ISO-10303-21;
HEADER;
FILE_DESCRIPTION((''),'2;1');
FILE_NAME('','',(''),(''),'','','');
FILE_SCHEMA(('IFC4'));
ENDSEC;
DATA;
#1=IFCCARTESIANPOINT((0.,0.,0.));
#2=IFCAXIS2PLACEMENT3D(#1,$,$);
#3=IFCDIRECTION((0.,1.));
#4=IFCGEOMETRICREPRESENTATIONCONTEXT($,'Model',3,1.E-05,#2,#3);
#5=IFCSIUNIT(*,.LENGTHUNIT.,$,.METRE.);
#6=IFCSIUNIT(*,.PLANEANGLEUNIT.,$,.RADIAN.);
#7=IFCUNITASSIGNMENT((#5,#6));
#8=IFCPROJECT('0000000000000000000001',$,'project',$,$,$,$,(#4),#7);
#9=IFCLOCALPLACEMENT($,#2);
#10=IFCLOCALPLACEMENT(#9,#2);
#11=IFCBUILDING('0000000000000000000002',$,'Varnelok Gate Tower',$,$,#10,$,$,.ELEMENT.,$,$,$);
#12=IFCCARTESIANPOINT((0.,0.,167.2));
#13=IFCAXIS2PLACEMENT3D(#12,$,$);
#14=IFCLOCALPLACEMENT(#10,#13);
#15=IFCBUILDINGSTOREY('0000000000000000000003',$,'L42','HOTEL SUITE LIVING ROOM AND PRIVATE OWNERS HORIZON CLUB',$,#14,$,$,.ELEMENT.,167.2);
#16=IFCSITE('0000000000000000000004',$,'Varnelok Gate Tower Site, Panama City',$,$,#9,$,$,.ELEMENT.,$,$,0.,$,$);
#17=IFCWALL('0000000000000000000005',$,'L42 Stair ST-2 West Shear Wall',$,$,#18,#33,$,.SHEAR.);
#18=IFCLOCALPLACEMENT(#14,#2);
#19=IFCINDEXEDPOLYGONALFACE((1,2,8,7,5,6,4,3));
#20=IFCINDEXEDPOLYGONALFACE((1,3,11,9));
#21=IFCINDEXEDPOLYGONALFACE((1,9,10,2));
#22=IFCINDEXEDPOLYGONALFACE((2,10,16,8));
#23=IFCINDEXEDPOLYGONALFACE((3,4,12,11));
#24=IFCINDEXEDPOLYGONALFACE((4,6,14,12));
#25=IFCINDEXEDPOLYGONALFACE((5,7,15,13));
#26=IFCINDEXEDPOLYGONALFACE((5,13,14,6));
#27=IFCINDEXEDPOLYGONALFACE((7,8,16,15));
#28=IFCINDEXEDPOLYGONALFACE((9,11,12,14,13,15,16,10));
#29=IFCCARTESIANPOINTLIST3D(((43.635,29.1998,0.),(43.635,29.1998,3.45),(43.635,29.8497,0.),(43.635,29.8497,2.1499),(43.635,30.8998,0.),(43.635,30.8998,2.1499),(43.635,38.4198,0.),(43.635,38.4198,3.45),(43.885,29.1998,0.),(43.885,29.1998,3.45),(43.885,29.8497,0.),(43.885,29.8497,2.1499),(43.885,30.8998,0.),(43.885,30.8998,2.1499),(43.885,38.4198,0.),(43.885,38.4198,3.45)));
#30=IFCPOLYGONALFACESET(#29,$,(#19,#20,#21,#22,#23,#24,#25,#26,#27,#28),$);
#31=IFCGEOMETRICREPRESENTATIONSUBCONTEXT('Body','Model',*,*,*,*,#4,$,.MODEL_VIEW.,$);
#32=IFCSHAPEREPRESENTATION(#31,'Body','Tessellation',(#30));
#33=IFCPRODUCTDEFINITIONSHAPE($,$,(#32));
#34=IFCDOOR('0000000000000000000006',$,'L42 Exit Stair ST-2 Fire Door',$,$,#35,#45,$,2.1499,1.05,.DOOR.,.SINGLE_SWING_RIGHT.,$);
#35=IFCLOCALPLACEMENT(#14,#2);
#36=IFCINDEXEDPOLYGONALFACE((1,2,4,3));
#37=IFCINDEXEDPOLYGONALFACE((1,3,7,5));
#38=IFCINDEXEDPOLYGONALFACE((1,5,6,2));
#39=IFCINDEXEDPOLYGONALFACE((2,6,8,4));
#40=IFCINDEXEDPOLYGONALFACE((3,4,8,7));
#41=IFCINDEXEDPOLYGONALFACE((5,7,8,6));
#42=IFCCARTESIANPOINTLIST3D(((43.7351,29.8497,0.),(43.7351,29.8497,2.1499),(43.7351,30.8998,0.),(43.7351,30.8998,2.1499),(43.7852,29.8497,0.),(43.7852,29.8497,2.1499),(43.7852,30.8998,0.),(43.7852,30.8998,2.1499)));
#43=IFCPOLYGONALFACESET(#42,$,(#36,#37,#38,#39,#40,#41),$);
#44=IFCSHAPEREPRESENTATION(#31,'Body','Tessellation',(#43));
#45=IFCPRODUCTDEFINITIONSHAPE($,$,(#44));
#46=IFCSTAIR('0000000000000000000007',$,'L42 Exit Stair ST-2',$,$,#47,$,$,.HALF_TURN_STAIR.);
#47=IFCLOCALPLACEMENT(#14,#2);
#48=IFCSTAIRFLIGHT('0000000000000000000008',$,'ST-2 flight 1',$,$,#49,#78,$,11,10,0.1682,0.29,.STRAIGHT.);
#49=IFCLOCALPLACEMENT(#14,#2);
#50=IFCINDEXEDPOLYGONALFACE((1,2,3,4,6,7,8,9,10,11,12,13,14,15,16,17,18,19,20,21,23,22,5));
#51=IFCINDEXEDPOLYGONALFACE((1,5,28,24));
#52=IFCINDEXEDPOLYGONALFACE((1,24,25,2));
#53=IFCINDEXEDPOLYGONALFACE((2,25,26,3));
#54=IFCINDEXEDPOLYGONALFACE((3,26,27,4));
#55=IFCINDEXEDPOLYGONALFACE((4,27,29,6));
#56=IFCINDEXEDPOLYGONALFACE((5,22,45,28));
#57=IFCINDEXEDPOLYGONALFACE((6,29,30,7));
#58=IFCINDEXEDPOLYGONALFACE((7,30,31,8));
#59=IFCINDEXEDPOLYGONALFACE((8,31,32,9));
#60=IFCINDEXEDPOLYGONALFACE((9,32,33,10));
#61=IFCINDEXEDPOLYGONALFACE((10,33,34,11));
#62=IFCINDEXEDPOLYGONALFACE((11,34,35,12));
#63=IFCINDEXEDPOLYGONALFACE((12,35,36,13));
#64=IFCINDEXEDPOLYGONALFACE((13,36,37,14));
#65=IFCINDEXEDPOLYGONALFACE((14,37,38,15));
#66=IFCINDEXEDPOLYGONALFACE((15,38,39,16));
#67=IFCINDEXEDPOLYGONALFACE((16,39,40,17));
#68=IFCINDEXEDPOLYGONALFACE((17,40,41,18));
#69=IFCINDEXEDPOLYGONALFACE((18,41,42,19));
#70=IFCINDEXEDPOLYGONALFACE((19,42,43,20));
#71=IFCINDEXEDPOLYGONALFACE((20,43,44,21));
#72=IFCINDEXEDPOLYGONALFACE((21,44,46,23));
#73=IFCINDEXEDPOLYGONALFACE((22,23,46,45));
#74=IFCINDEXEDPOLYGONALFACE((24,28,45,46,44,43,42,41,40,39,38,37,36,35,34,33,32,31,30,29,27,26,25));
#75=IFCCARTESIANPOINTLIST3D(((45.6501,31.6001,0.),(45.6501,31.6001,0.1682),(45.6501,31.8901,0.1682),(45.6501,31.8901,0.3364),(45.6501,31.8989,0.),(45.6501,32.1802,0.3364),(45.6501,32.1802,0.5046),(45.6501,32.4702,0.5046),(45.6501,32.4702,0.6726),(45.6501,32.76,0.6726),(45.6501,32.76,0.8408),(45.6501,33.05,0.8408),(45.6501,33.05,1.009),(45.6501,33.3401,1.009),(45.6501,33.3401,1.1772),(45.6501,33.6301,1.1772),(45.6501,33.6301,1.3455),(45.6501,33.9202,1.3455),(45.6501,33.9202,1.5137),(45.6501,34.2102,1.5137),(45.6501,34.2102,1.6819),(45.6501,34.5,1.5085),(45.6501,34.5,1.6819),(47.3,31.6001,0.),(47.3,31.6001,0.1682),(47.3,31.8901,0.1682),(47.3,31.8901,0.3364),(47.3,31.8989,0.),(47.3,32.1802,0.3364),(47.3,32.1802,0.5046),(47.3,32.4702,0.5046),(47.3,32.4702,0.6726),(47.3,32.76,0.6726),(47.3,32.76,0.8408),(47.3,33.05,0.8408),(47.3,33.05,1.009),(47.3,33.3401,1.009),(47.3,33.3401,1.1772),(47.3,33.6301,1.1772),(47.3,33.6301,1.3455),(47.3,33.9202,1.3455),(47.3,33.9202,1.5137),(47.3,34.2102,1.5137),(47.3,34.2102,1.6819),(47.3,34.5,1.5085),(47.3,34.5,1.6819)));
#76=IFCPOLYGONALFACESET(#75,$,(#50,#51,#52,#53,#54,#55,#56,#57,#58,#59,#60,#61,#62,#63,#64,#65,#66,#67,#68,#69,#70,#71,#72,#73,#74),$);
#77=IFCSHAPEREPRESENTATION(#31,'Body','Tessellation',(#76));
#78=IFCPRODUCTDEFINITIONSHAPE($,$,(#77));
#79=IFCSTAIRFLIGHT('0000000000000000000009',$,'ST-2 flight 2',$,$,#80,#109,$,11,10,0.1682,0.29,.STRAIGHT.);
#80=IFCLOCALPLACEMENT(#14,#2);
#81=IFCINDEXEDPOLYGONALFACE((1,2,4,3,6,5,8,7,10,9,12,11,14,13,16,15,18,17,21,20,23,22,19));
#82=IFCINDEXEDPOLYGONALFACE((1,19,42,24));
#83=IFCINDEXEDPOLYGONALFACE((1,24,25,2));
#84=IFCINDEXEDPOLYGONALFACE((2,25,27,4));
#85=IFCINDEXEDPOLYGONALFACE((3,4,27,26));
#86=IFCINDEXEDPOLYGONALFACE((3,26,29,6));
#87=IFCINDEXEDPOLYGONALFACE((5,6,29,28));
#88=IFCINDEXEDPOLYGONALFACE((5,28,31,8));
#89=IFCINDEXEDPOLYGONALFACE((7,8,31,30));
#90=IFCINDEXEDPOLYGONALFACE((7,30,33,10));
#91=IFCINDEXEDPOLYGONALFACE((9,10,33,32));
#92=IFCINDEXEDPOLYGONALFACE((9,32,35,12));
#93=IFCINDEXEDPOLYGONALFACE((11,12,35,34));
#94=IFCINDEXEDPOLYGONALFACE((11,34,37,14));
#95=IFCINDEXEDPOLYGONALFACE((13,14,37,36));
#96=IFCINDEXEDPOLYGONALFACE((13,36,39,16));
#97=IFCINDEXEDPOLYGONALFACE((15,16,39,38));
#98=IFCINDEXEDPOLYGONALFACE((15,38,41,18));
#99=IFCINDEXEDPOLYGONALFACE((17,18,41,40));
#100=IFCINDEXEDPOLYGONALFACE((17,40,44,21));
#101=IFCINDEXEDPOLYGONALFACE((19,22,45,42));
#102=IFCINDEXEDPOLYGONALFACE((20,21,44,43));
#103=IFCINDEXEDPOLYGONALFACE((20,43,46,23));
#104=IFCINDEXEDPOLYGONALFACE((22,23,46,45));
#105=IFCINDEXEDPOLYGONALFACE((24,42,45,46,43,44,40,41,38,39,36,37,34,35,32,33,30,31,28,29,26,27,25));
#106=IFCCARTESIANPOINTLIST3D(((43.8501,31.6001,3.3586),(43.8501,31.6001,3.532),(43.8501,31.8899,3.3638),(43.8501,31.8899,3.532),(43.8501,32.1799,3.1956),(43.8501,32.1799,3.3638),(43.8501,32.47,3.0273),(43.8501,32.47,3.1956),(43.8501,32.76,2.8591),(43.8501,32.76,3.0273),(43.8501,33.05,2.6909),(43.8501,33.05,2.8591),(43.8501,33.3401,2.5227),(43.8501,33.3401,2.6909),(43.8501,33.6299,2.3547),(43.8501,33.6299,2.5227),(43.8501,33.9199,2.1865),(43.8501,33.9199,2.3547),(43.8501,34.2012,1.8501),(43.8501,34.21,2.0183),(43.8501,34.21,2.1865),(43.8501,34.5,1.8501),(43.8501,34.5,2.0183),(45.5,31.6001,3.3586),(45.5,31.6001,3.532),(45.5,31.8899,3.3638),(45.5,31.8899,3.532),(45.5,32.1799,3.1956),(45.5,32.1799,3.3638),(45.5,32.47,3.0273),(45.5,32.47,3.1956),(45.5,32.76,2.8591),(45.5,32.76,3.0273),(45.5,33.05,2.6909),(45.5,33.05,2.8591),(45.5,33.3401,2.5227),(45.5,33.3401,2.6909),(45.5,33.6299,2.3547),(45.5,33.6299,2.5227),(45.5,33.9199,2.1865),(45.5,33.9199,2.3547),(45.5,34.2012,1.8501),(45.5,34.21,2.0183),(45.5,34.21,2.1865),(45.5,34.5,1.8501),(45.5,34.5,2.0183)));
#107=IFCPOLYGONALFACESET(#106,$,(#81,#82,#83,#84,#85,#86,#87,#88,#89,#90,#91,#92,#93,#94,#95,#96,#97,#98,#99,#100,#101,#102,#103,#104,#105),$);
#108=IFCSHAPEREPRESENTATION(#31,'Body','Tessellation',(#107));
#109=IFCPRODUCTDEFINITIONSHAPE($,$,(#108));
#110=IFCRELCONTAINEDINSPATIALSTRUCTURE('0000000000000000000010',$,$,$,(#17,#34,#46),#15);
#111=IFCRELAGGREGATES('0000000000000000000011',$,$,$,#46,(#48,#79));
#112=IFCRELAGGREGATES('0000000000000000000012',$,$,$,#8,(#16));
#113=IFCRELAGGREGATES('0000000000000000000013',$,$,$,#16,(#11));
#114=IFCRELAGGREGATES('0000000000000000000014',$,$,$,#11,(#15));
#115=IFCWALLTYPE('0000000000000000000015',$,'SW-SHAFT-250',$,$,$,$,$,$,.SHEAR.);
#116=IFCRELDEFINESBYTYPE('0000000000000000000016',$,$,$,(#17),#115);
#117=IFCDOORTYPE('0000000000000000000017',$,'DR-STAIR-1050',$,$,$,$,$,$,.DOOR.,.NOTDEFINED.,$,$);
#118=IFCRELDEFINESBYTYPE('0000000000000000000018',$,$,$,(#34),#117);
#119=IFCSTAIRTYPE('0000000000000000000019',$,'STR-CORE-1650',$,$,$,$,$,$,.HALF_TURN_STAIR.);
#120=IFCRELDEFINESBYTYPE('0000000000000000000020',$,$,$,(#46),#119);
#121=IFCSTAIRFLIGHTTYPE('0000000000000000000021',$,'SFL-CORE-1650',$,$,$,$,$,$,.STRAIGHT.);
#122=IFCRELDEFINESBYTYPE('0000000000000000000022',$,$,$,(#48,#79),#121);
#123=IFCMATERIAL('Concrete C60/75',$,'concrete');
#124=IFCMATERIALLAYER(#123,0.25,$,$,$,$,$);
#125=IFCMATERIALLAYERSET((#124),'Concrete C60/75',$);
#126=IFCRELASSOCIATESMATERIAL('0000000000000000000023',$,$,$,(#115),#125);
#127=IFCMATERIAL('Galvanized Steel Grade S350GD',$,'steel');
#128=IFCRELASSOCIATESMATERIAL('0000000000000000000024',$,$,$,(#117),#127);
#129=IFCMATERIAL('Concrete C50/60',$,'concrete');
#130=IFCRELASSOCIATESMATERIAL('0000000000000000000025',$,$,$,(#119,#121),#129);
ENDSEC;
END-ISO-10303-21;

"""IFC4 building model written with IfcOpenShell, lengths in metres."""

from ifc_helpers import new_model, si_unit, direction, frame, frame_2d, origin, place, context, subcontext, project, spatial, polyline, rectangle, outline, extrude, material, layer, layer_set, type_object, element, fill, aggregate, save


model = new_model("IFC4")

# Units and contexts
model_context = context("Model", 3, precision=1e-05, world=origin(), true_north=direction((0.0, 1.0)))
body_context = subcontext(model_context, "Body", "Model", "MODEL_VIEW")
ifc_project = project(units=[si_unit("LENGTHUNIT", "METRE"), si_unit("PLANEANGLEUNIT", "RADIAN")], contexts=[model_context])

# Site, building, storey
site_placement = place(None, origin())
site = spatial("IfcSite", under=ifc_project, at=site_placement, Name="Varnelok Gate Tower Site, Panama City", CompositionType="ELEMENT", RefElevation=0.0)
building_placement = place(site_placement, origin())
building = spatial("IfcBuilding", under=site, at=building_placement, Name="Varnelok Gate Tower", CompositionType="ELEMENT")
storey_placement = place(building_placement, frame((0.0, 0.0, 167.2)))
storey = spatial("IfcBuildingStorey", under=building, at=storey_placement, Name="L42", Description="HOTEL SUITE LIVING ROOM AND PRIVATE OWNERS HORIZON CLUB", CompositionType="ELEMENT", Elevation=167.2)

# Shared definitions
ifc_material_1 = material(Name="Concrete C60/75", Category="concrete")

# Shared definitions
ifc_material_2 = material(Name="Galvanized Steel Grade S350GD", Category="steel")

# Wall, opening, door
ifc_layer_1 = layer(ifc_material_1, 0.25)
ifc_layer_set_1 = layer_set([ifc_layer_1], Name="Concrete C60/75")
wall_type_1 = type_object("IfcWallType", Name="SW-SHAFT-250", PredefinedType="SHEAR", material=ifc_layer_set_1)
wall_1_placement = place(storey_placement, frame((43.76, 29.2, 0.0), z_axis=(0.0, 0.0, 1.0), x_axis=(0.0, 1.0, 0.0)))
wall_1 = element("IfcWall", 1, at=wall_1_placement, inside=storey, type_object=wall_type_1, Name="L42 Stair ST-2 West Shear Wall", PredefinedType="SHEAR", context=body_context, shape_type="SweptSolid", body=[
    extrude(rectangle(XDim=9.22, YDim=0.25, at=frame_2d((4.6099, 0.0))), origin(), (0.0, 0.0, 1.0), 3.45),
])
opening_1_placement = place(wall_1_placement, frame((0.6499, 0.0, 0.0)))
opening_1 = element("IfcOpeningElement", 2, at=opening_1_placement, cuts=wall_1, PredefinedType="OPENING", context=body_context, shape_type="SweptSolid", body=[
    extrude(rectangle(XDim=1.05, YDim=2.1499, at=frame_2d((0.5249, 1.075))), frame((0.0, 0.135, 0.0), z_axis=(0.0, -1.0, 0.0), x_axis=(1.0, 0.0, 0.0)), (0.0, 0.0, 1.0), 0.27),
])
door_type_1 = type_object("IfcDoorType", Name="DR-STAIR-1050", OperationType="NOTDEFINED", PredefinedType="DOOR", material=ifc_material_2)
door_1_placement = place(opening_1_placement, origin())
door_1 = element("IfcDoor", 3, at=door_1_placement, inside=storey, type_object=door_type_1, Name="L42 Exit Stair ST-2 Fire Door", OperationType="SINGLE_SWING_RIGHT", OverallHeight=2.1499, OverallWidth=1.05, PredefinedType="DOOR", context=body_context, shape_type="SweptSolid", body=[
    extrude(rectangle(XDim=1.05, YDim=2.1499, at=frame_2d((0.5249, 1.075))), frame((0.0, 0.0249, 0.0), z_axis=(0.0, -1.0, 0.0), x_axis=(1.0, 0.0, 0.0)), (0.0, 0.0, 1.0), 0.05),
])
fill(opening_1, door_1)

# Stair, stair flights
ifc_material_3 = material(Name="Concrete C50/60", Category="concrete")
stair_type = type_object("IfcStairType", Name="STR-CORE-1650", PredefinedType="HALF_TURN_STAIR", material=ifc_material_3)
stair_placement = place(storey_placement, origin())
stair = element("IfcStair", 4, at=stair_placement, inside=storey, type_object=stair_type, Name="L42 Exit Stair ST-2", PredefinedType="HALF_TURN_STAIR")
stair_flight_type = type_object("IfcStairFlightType", Name="SFL-CORE-1650", PredefinedType="STRAIGHT", material=ifc_material_3)
stair_flight_1_placement = place(storey_placement, frame((46.4751, 31.6001, 0.0), z_axis=(0.0, 0.0, 1.0), x_axis=(0.0, 1.0, 0.0)))
stair_flight_1 = element("IfcStairFlight", 5, at=stair_flight_1_placement, type_object=stair_flight_type, Name="ST-2 flight 1", NumberOfRisers=11, NumberOfTreads=10, PredefinedType="STRAIGHT", RiserHeight=0.1682, TreadLength=0.29, context=body_context, shape_type="SweptSolid", body=[
    extrude(outline(polyline([(0.0, 0.0), (0.0, 0.1682), (0.29, 0.1682), (0.29, 0.3364), (0.5801, 0.3364), (0.5801, 0.5046), (0.8701, 0.5046), (0.8701, 0.6726), (1.1599, 0.6726), (1.1599, 0.8408), (1.45, 0.8408), (1.45, 1.009), (1.74, 1.009), (1.74, 1.1772), (2.03, 1.1772), (2.03, 1.3455), (2.3201, 1.3455), (2.3201, 1.5137), (2.6101, 1.5137), (2.6101, 1.6819), (2.8999, 1.6819), (2.8999, 1.8501), (2.8999, 1.5085), (0.2988, 0.0), (0.0, 0.0)])), frame((0.0, 0.825, 0.0), z_axis=(0.0, -1.0, 0.0), x_axis=(1.0, 0.0, 0.0)), (0.0, 0.0, 1.0), 1.6499),
])
stair_flight_2_placement = place(storey_placement, frame((44.675, 34.5, 1.8501), z_axis=(0.0, 0.0, 1.0), x_axis=(0.0, -1.0, 0.0)))
stair_flight_2 = element("IfcStairFlight", 6, at=stair_flight_2_placement, type_object=stair_flight_type, Name="ST-2 flight 2", NumberOfRisers=11, NumberOfTreads=10, PredefinedType="STRAIGHT", RiserHeight=0.1682, TreadLength=0.29, context=body_context, shape_type="SweptSolid", body=[
    extrude(outline(polyline([(0.0, 0.0), (0.0, 0.1682), (0.29, 0.1682), (0.29, 0.3364), (0.5801, 0.3364), (0.5801, 0.5046), (0.8701, 0.5046), (0.8701, 0.6726), (1.1599, 0.6726), (1.1599, 0.8408), (1.45, 0.8408), (1.45, 1.009), (1.74, 1.009), (1.74, 1.1772), (2.03, 1.1772), (2.03, 1.3455), (2.3201, 1.3455), (2.3201, 1.5137), (2.6101, 1.5137), (2.6101, 1.6819), (2.8999, 1.6819), (2.8999, 1.8501), (2.8999, 1.5085), (0.2988, 0.0), (0.0, 0.0)])), frame((0.0, 0.825, 0.0), z_axis=(0.0, -1.0, 0.0), x_axis=(1.0, 0.0, 0.0)), (0.0, 0.0, 1.0), 1.6499),
])
aggregate(stair, [stair_flight_1, stair_flight_2])

save(model, "model.ifc")
